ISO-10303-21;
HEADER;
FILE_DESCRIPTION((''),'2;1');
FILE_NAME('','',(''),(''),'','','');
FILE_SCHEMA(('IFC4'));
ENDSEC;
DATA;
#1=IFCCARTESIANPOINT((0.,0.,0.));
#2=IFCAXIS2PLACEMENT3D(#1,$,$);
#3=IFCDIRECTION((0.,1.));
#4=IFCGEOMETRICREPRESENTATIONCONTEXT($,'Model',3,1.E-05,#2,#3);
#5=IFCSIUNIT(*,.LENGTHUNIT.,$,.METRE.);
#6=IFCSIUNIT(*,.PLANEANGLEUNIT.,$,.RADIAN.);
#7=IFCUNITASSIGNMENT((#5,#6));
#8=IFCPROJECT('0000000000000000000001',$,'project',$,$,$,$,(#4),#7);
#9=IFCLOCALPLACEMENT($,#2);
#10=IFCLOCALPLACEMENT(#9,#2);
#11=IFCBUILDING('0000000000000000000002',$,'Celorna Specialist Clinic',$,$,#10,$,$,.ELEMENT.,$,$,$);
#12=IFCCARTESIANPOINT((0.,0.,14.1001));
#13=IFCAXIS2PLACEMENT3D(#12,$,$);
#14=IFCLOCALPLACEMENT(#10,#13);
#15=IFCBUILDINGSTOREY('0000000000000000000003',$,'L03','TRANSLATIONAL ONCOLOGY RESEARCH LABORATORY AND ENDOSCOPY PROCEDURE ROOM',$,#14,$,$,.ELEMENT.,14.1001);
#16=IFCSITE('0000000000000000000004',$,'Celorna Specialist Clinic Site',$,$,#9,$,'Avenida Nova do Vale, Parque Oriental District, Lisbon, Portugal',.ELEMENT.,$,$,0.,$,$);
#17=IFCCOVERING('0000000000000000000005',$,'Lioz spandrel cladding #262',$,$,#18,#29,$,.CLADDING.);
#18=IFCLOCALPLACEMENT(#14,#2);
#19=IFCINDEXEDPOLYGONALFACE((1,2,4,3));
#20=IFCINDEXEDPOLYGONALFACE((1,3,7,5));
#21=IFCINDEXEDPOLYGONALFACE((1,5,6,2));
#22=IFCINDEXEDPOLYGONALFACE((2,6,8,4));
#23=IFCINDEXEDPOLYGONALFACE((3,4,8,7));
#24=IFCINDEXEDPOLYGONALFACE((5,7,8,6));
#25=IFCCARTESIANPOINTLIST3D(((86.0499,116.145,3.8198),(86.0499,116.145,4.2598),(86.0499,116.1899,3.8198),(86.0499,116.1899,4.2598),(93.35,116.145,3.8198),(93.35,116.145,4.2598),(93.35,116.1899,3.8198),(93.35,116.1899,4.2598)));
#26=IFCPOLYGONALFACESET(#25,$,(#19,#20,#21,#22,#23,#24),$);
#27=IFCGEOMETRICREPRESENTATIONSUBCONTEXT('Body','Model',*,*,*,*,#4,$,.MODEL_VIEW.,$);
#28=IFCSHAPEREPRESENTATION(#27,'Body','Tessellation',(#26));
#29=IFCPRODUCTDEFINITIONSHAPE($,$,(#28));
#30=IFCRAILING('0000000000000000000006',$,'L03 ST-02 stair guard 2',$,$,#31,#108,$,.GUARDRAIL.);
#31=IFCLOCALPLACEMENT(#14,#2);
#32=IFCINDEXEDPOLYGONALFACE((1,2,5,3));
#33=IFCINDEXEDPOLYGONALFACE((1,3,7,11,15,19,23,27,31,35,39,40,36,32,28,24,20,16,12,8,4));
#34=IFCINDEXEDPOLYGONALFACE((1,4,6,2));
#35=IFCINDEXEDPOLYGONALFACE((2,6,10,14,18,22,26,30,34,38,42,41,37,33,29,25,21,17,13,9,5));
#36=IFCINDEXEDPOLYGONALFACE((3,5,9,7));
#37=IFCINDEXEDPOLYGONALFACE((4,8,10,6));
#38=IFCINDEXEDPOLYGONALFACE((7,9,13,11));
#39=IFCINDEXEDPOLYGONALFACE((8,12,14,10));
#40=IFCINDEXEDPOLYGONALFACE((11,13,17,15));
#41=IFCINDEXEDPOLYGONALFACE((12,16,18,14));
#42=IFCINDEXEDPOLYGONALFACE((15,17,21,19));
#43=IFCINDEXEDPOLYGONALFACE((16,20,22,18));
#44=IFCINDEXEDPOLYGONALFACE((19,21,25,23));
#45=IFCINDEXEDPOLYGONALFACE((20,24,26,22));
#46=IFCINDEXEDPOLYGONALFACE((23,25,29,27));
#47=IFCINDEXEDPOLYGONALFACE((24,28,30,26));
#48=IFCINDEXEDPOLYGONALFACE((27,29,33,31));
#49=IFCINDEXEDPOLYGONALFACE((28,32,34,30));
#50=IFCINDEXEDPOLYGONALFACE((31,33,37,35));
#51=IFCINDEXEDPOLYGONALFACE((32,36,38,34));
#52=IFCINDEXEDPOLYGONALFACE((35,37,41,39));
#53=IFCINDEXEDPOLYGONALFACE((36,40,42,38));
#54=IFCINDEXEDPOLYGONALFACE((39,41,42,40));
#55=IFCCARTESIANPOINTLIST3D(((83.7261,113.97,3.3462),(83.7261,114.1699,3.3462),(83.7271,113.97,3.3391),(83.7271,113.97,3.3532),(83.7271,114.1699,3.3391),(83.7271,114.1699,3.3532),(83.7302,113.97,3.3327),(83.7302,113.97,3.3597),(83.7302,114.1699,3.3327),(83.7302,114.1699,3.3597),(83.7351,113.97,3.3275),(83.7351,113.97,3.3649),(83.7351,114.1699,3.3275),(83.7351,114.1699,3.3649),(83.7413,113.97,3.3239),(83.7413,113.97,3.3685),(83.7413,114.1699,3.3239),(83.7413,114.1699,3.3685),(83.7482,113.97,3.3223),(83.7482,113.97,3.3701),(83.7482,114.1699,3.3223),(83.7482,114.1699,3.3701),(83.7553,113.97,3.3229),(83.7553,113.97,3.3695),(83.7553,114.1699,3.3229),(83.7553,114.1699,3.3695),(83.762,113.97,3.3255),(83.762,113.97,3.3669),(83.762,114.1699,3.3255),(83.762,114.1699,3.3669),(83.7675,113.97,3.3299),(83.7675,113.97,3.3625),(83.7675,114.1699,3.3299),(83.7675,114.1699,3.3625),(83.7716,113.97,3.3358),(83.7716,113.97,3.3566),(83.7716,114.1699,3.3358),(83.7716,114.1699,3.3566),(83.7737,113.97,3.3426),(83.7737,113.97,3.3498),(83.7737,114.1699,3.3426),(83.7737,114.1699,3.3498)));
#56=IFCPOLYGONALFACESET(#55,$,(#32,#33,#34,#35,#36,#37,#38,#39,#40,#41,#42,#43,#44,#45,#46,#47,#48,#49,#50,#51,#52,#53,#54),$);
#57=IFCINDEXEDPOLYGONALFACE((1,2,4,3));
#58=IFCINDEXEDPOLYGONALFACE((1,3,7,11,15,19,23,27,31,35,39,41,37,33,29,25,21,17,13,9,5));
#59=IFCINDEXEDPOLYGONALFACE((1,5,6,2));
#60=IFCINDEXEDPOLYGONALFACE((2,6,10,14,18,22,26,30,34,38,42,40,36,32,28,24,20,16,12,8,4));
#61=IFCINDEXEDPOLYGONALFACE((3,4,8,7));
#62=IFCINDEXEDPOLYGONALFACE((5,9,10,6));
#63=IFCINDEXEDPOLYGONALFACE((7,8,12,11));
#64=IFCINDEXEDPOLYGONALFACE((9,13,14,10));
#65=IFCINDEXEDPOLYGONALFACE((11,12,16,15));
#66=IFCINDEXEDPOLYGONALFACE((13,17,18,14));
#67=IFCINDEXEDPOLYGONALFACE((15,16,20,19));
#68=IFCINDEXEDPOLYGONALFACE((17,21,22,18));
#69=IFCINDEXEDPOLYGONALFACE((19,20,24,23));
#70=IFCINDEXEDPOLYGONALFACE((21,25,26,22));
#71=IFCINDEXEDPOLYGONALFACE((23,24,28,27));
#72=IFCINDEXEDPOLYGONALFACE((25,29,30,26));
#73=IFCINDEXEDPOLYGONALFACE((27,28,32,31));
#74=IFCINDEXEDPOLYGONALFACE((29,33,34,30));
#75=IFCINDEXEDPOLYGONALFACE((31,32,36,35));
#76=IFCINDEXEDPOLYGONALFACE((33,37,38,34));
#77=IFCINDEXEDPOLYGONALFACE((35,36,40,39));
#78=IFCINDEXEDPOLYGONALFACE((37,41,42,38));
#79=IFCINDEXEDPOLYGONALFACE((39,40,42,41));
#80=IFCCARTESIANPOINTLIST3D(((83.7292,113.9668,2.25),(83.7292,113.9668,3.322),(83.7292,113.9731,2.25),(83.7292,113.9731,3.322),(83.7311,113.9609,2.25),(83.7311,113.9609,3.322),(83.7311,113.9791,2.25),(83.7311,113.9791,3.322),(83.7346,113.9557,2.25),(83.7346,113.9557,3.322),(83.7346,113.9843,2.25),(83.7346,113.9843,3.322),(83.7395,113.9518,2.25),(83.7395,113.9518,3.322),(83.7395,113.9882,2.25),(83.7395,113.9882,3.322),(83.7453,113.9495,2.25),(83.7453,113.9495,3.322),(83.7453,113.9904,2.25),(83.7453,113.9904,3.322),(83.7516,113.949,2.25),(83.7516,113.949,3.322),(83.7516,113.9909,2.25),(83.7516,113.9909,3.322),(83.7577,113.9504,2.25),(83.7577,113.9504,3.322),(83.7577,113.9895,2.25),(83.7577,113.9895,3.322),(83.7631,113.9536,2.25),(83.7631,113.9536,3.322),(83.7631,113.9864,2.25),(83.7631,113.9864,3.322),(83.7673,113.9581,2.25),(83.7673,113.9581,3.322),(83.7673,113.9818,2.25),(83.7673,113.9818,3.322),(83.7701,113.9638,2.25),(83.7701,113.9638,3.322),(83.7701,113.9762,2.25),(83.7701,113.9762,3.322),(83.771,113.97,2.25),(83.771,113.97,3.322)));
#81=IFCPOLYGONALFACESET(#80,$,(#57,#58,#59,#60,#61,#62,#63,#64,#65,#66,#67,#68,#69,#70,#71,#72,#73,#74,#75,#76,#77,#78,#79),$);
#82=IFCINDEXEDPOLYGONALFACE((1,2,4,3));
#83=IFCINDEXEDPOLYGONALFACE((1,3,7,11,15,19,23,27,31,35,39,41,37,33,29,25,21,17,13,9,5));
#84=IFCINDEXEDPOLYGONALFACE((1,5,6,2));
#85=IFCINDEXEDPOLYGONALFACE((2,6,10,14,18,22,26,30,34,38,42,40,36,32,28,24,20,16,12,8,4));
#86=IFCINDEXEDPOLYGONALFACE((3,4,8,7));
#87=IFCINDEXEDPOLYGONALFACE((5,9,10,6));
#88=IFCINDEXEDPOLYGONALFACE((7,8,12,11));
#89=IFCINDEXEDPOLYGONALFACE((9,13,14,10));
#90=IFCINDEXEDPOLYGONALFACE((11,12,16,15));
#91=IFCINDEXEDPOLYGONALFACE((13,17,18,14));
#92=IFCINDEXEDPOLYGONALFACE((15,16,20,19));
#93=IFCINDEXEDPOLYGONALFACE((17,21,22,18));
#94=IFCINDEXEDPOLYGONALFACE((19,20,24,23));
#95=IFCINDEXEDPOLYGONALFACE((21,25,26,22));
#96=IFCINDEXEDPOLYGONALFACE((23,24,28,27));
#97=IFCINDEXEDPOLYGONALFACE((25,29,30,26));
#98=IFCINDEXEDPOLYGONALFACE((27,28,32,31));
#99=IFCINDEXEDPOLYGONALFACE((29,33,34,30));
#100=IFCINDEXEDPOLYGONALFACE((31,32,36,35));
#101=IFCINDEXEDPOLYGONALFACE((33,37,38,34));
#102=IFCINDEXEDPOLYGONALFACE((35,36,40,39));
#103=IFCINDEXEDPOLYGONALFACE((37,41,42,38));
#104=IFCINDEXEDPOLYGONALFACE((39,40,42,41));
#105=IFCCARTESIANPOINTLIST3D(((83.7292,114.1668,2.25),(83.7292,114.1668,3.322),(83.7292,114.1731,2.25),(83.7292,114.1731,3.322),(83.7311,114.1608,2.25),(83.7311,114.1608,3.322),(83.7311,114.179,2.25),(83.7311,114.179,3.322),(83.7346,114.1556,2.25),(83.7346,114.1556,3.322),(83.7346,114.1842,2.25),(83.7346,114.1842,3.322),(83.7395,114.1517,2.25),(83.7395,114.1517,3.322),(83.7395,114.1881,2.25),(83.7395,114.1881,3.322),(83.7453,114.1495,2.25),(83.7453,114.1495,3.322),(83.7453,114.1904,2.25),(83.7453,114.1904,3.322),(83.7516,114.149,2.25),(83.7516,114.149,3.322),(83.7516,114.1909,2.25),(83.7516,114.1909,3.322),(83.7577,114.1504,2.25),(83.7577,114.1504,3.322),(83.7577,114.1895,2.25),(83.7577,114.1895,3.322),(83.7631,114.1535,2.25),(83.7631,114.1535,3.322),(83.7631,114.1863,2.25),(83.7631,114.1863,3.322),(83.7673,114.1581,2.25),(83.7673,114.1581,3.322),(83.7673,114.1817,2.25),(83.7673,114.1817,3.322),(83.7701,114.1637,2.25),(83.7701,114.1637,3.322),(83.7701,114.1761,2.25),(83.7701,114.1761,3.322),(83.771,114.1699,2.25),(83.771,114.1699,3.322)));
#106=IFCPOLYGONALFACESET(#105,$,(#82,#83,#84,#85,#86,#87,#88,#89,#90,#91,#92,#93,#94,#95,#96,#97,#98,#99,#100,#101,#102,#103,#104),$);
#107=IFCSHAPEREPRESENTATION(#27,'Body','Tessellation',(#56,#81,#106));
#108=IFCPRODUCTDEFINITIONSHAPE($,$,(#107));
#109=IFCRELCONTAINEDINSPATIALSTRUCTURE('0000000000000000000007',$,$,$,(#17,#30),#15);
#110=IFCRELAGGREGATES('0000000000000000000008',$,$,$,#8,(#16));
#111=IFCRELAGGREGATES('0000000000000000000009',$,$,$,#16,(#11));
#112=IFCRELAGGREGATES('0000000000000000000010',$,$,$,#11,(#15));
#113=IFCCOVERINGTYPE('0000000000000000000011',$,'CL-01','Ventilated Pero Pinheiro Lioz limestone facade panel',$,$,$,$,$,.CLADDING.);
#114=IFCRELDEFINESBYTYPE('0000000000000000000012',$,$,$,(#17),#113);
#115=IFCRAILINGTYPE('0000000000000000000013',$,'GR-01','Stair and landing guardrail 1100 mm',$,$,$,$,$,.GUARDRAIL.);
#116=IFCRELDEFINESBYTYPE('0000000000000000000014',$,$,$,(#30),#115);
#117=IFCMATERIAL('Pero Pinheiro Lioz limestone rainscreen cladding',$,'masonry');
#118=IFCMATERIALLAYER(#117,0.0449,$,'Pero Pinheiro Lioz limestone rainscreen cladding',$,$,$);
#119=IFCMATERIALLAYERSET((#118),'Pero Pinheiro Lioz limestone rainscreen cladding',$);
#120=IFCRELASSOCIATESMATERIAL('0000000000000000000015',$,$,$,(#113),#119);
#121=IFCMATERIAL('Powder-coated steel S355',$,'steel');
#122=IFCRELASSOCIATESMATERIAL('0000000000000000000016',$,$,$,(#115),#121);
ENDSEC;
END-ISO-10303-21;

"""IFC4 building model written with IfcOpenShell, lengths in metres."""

from ifc_helpers import new_model, si_unit, direction, frame, origin, origin_2d, place, context, subcontext, project, spatial, rectangle, circle, extrude, material, layer, layer_set, type_object, element, save


model = new_model("IFC4")

# Units and contexts
model_context = context("Model", 3, precision=1e-05, world=origin(), true_north=direction((0.0, 1.0)))
body_context = subcontext(model_context, "Body", "Model", "MODEL_VIEW")
ifc_project = project(units=[si_unit("LENGTHUNIT", "METRE"), si_unit("PLANEANGLEUNIT", "RADIAN")], contexts=[model_context])

# Site, building, storey
site_placement = place(None, origin())
site = spatial("IfcSite", under=ifc_project, at=site_placement, Name="Celorna Specialist Clinic Site", LongName="Avenida Nova do Vale, Parque Oriental District, Lisbon, Portugal", CompositionType="ELEMENT", RefElevation=0.0)
building_placement = place(site_placement, origin())
building = spatial("IfcBuilding", under=site, at=building_placement, Name="Celorna Specialist Clinic", CompositionType="ELEMENT")
storey_placement = place(building_placement, frame((0.0, 0.0, 14.1001)))
storey = spatial("IfcBuildingStorey", under=building, at=storey_placement, Name="L03", Description="TRANSLATIONAL ONCOLOGY RESEARCH LABORATORY AND ENDOSCOPY PROCEDURE ROOM", CompositionType="ELEMENT", Elevation=14.1001)

# Covering
ifc_material_1 = material(Name="Pero Pinheiro Lioz limestone rainscreen cladding", Category="masonry")
ifc_layer_1 = layer(ifc_material_1, 0.0449, Name="Pero Pinheiro Lioz limestone rainscreen cladding")
ifc_layer_set_1 = layer_set([ifc_layer_1], Name="Pero Pinheiro Lioz limestone rainscreen cladding")
covering_type = type_object("IfcCoveringType", Name="CL-01", Description="Ventilated Pero Pinheiro Lioz limestone facade panel", PredefinedType="CLADDING", material=ifc_layer_set_1)
covering_placement = place(storey_placement, frame((89.7, 116.1675, 3.8198), z_axis=(0.0, 0.0, 1.0), x_axis=(1.0, 0.0, 0.0)))
element("IfcCovering", 1, at=covering_placement, inside=storey, type_object=covering_type, Name="Lioz spandrel cladding #262", PredefinedType="CLADDING", context=body_context, shape_type="SweptSolid", body=[
    extrude(rectangle(XDim=7.3, YDim=0.0449, at=origin_2d()), origin(), (0.0, 0.0, 1.0), 0.4399),
])

# Railing
ifc_material_2 = material(Name="Powder-coated steel S355", Category="steel")
railing_type_1 = type_object("IfcRailingType", Name="GR-01", Description="Stair and landing guardrail 1100 mm", PredefinedType="GUARDRAIL", material=ifc_material_2)
railing_1_placement = place(storey_placement, frame((83.75, 113.97, 2.25)))
element("IfcRailing", 2, at=railing_1_placement, inside=storey, type_object=railing_type_1, Name="L03 ST-02 stair guard 2", PredefinedType="GUARDRAIL", context=body_context, shape_type="SweptSolid", body=[
    extrude(circle(Radius=0.0239, at=origin_2d()), frame((0.0, 0.0, 1.0962), z_axis=(0.0, 1.0, 0.0), x_axis=(-1.0, 0.0, 0.0)), (0.0, 0.0, 1.0), 0.2),
    extrude(circle(Radius=0.021, at=origin_2d()), origin(), (0.0, 0.0, 1.0), 1.072),
    extrude(circle(Radius=0.021, at=origin_2d()), frame((0.0, 0.2, 0.0)), (0.0, 0.0, 1.0), 1.072),
])

save(model, "model.ifc")
